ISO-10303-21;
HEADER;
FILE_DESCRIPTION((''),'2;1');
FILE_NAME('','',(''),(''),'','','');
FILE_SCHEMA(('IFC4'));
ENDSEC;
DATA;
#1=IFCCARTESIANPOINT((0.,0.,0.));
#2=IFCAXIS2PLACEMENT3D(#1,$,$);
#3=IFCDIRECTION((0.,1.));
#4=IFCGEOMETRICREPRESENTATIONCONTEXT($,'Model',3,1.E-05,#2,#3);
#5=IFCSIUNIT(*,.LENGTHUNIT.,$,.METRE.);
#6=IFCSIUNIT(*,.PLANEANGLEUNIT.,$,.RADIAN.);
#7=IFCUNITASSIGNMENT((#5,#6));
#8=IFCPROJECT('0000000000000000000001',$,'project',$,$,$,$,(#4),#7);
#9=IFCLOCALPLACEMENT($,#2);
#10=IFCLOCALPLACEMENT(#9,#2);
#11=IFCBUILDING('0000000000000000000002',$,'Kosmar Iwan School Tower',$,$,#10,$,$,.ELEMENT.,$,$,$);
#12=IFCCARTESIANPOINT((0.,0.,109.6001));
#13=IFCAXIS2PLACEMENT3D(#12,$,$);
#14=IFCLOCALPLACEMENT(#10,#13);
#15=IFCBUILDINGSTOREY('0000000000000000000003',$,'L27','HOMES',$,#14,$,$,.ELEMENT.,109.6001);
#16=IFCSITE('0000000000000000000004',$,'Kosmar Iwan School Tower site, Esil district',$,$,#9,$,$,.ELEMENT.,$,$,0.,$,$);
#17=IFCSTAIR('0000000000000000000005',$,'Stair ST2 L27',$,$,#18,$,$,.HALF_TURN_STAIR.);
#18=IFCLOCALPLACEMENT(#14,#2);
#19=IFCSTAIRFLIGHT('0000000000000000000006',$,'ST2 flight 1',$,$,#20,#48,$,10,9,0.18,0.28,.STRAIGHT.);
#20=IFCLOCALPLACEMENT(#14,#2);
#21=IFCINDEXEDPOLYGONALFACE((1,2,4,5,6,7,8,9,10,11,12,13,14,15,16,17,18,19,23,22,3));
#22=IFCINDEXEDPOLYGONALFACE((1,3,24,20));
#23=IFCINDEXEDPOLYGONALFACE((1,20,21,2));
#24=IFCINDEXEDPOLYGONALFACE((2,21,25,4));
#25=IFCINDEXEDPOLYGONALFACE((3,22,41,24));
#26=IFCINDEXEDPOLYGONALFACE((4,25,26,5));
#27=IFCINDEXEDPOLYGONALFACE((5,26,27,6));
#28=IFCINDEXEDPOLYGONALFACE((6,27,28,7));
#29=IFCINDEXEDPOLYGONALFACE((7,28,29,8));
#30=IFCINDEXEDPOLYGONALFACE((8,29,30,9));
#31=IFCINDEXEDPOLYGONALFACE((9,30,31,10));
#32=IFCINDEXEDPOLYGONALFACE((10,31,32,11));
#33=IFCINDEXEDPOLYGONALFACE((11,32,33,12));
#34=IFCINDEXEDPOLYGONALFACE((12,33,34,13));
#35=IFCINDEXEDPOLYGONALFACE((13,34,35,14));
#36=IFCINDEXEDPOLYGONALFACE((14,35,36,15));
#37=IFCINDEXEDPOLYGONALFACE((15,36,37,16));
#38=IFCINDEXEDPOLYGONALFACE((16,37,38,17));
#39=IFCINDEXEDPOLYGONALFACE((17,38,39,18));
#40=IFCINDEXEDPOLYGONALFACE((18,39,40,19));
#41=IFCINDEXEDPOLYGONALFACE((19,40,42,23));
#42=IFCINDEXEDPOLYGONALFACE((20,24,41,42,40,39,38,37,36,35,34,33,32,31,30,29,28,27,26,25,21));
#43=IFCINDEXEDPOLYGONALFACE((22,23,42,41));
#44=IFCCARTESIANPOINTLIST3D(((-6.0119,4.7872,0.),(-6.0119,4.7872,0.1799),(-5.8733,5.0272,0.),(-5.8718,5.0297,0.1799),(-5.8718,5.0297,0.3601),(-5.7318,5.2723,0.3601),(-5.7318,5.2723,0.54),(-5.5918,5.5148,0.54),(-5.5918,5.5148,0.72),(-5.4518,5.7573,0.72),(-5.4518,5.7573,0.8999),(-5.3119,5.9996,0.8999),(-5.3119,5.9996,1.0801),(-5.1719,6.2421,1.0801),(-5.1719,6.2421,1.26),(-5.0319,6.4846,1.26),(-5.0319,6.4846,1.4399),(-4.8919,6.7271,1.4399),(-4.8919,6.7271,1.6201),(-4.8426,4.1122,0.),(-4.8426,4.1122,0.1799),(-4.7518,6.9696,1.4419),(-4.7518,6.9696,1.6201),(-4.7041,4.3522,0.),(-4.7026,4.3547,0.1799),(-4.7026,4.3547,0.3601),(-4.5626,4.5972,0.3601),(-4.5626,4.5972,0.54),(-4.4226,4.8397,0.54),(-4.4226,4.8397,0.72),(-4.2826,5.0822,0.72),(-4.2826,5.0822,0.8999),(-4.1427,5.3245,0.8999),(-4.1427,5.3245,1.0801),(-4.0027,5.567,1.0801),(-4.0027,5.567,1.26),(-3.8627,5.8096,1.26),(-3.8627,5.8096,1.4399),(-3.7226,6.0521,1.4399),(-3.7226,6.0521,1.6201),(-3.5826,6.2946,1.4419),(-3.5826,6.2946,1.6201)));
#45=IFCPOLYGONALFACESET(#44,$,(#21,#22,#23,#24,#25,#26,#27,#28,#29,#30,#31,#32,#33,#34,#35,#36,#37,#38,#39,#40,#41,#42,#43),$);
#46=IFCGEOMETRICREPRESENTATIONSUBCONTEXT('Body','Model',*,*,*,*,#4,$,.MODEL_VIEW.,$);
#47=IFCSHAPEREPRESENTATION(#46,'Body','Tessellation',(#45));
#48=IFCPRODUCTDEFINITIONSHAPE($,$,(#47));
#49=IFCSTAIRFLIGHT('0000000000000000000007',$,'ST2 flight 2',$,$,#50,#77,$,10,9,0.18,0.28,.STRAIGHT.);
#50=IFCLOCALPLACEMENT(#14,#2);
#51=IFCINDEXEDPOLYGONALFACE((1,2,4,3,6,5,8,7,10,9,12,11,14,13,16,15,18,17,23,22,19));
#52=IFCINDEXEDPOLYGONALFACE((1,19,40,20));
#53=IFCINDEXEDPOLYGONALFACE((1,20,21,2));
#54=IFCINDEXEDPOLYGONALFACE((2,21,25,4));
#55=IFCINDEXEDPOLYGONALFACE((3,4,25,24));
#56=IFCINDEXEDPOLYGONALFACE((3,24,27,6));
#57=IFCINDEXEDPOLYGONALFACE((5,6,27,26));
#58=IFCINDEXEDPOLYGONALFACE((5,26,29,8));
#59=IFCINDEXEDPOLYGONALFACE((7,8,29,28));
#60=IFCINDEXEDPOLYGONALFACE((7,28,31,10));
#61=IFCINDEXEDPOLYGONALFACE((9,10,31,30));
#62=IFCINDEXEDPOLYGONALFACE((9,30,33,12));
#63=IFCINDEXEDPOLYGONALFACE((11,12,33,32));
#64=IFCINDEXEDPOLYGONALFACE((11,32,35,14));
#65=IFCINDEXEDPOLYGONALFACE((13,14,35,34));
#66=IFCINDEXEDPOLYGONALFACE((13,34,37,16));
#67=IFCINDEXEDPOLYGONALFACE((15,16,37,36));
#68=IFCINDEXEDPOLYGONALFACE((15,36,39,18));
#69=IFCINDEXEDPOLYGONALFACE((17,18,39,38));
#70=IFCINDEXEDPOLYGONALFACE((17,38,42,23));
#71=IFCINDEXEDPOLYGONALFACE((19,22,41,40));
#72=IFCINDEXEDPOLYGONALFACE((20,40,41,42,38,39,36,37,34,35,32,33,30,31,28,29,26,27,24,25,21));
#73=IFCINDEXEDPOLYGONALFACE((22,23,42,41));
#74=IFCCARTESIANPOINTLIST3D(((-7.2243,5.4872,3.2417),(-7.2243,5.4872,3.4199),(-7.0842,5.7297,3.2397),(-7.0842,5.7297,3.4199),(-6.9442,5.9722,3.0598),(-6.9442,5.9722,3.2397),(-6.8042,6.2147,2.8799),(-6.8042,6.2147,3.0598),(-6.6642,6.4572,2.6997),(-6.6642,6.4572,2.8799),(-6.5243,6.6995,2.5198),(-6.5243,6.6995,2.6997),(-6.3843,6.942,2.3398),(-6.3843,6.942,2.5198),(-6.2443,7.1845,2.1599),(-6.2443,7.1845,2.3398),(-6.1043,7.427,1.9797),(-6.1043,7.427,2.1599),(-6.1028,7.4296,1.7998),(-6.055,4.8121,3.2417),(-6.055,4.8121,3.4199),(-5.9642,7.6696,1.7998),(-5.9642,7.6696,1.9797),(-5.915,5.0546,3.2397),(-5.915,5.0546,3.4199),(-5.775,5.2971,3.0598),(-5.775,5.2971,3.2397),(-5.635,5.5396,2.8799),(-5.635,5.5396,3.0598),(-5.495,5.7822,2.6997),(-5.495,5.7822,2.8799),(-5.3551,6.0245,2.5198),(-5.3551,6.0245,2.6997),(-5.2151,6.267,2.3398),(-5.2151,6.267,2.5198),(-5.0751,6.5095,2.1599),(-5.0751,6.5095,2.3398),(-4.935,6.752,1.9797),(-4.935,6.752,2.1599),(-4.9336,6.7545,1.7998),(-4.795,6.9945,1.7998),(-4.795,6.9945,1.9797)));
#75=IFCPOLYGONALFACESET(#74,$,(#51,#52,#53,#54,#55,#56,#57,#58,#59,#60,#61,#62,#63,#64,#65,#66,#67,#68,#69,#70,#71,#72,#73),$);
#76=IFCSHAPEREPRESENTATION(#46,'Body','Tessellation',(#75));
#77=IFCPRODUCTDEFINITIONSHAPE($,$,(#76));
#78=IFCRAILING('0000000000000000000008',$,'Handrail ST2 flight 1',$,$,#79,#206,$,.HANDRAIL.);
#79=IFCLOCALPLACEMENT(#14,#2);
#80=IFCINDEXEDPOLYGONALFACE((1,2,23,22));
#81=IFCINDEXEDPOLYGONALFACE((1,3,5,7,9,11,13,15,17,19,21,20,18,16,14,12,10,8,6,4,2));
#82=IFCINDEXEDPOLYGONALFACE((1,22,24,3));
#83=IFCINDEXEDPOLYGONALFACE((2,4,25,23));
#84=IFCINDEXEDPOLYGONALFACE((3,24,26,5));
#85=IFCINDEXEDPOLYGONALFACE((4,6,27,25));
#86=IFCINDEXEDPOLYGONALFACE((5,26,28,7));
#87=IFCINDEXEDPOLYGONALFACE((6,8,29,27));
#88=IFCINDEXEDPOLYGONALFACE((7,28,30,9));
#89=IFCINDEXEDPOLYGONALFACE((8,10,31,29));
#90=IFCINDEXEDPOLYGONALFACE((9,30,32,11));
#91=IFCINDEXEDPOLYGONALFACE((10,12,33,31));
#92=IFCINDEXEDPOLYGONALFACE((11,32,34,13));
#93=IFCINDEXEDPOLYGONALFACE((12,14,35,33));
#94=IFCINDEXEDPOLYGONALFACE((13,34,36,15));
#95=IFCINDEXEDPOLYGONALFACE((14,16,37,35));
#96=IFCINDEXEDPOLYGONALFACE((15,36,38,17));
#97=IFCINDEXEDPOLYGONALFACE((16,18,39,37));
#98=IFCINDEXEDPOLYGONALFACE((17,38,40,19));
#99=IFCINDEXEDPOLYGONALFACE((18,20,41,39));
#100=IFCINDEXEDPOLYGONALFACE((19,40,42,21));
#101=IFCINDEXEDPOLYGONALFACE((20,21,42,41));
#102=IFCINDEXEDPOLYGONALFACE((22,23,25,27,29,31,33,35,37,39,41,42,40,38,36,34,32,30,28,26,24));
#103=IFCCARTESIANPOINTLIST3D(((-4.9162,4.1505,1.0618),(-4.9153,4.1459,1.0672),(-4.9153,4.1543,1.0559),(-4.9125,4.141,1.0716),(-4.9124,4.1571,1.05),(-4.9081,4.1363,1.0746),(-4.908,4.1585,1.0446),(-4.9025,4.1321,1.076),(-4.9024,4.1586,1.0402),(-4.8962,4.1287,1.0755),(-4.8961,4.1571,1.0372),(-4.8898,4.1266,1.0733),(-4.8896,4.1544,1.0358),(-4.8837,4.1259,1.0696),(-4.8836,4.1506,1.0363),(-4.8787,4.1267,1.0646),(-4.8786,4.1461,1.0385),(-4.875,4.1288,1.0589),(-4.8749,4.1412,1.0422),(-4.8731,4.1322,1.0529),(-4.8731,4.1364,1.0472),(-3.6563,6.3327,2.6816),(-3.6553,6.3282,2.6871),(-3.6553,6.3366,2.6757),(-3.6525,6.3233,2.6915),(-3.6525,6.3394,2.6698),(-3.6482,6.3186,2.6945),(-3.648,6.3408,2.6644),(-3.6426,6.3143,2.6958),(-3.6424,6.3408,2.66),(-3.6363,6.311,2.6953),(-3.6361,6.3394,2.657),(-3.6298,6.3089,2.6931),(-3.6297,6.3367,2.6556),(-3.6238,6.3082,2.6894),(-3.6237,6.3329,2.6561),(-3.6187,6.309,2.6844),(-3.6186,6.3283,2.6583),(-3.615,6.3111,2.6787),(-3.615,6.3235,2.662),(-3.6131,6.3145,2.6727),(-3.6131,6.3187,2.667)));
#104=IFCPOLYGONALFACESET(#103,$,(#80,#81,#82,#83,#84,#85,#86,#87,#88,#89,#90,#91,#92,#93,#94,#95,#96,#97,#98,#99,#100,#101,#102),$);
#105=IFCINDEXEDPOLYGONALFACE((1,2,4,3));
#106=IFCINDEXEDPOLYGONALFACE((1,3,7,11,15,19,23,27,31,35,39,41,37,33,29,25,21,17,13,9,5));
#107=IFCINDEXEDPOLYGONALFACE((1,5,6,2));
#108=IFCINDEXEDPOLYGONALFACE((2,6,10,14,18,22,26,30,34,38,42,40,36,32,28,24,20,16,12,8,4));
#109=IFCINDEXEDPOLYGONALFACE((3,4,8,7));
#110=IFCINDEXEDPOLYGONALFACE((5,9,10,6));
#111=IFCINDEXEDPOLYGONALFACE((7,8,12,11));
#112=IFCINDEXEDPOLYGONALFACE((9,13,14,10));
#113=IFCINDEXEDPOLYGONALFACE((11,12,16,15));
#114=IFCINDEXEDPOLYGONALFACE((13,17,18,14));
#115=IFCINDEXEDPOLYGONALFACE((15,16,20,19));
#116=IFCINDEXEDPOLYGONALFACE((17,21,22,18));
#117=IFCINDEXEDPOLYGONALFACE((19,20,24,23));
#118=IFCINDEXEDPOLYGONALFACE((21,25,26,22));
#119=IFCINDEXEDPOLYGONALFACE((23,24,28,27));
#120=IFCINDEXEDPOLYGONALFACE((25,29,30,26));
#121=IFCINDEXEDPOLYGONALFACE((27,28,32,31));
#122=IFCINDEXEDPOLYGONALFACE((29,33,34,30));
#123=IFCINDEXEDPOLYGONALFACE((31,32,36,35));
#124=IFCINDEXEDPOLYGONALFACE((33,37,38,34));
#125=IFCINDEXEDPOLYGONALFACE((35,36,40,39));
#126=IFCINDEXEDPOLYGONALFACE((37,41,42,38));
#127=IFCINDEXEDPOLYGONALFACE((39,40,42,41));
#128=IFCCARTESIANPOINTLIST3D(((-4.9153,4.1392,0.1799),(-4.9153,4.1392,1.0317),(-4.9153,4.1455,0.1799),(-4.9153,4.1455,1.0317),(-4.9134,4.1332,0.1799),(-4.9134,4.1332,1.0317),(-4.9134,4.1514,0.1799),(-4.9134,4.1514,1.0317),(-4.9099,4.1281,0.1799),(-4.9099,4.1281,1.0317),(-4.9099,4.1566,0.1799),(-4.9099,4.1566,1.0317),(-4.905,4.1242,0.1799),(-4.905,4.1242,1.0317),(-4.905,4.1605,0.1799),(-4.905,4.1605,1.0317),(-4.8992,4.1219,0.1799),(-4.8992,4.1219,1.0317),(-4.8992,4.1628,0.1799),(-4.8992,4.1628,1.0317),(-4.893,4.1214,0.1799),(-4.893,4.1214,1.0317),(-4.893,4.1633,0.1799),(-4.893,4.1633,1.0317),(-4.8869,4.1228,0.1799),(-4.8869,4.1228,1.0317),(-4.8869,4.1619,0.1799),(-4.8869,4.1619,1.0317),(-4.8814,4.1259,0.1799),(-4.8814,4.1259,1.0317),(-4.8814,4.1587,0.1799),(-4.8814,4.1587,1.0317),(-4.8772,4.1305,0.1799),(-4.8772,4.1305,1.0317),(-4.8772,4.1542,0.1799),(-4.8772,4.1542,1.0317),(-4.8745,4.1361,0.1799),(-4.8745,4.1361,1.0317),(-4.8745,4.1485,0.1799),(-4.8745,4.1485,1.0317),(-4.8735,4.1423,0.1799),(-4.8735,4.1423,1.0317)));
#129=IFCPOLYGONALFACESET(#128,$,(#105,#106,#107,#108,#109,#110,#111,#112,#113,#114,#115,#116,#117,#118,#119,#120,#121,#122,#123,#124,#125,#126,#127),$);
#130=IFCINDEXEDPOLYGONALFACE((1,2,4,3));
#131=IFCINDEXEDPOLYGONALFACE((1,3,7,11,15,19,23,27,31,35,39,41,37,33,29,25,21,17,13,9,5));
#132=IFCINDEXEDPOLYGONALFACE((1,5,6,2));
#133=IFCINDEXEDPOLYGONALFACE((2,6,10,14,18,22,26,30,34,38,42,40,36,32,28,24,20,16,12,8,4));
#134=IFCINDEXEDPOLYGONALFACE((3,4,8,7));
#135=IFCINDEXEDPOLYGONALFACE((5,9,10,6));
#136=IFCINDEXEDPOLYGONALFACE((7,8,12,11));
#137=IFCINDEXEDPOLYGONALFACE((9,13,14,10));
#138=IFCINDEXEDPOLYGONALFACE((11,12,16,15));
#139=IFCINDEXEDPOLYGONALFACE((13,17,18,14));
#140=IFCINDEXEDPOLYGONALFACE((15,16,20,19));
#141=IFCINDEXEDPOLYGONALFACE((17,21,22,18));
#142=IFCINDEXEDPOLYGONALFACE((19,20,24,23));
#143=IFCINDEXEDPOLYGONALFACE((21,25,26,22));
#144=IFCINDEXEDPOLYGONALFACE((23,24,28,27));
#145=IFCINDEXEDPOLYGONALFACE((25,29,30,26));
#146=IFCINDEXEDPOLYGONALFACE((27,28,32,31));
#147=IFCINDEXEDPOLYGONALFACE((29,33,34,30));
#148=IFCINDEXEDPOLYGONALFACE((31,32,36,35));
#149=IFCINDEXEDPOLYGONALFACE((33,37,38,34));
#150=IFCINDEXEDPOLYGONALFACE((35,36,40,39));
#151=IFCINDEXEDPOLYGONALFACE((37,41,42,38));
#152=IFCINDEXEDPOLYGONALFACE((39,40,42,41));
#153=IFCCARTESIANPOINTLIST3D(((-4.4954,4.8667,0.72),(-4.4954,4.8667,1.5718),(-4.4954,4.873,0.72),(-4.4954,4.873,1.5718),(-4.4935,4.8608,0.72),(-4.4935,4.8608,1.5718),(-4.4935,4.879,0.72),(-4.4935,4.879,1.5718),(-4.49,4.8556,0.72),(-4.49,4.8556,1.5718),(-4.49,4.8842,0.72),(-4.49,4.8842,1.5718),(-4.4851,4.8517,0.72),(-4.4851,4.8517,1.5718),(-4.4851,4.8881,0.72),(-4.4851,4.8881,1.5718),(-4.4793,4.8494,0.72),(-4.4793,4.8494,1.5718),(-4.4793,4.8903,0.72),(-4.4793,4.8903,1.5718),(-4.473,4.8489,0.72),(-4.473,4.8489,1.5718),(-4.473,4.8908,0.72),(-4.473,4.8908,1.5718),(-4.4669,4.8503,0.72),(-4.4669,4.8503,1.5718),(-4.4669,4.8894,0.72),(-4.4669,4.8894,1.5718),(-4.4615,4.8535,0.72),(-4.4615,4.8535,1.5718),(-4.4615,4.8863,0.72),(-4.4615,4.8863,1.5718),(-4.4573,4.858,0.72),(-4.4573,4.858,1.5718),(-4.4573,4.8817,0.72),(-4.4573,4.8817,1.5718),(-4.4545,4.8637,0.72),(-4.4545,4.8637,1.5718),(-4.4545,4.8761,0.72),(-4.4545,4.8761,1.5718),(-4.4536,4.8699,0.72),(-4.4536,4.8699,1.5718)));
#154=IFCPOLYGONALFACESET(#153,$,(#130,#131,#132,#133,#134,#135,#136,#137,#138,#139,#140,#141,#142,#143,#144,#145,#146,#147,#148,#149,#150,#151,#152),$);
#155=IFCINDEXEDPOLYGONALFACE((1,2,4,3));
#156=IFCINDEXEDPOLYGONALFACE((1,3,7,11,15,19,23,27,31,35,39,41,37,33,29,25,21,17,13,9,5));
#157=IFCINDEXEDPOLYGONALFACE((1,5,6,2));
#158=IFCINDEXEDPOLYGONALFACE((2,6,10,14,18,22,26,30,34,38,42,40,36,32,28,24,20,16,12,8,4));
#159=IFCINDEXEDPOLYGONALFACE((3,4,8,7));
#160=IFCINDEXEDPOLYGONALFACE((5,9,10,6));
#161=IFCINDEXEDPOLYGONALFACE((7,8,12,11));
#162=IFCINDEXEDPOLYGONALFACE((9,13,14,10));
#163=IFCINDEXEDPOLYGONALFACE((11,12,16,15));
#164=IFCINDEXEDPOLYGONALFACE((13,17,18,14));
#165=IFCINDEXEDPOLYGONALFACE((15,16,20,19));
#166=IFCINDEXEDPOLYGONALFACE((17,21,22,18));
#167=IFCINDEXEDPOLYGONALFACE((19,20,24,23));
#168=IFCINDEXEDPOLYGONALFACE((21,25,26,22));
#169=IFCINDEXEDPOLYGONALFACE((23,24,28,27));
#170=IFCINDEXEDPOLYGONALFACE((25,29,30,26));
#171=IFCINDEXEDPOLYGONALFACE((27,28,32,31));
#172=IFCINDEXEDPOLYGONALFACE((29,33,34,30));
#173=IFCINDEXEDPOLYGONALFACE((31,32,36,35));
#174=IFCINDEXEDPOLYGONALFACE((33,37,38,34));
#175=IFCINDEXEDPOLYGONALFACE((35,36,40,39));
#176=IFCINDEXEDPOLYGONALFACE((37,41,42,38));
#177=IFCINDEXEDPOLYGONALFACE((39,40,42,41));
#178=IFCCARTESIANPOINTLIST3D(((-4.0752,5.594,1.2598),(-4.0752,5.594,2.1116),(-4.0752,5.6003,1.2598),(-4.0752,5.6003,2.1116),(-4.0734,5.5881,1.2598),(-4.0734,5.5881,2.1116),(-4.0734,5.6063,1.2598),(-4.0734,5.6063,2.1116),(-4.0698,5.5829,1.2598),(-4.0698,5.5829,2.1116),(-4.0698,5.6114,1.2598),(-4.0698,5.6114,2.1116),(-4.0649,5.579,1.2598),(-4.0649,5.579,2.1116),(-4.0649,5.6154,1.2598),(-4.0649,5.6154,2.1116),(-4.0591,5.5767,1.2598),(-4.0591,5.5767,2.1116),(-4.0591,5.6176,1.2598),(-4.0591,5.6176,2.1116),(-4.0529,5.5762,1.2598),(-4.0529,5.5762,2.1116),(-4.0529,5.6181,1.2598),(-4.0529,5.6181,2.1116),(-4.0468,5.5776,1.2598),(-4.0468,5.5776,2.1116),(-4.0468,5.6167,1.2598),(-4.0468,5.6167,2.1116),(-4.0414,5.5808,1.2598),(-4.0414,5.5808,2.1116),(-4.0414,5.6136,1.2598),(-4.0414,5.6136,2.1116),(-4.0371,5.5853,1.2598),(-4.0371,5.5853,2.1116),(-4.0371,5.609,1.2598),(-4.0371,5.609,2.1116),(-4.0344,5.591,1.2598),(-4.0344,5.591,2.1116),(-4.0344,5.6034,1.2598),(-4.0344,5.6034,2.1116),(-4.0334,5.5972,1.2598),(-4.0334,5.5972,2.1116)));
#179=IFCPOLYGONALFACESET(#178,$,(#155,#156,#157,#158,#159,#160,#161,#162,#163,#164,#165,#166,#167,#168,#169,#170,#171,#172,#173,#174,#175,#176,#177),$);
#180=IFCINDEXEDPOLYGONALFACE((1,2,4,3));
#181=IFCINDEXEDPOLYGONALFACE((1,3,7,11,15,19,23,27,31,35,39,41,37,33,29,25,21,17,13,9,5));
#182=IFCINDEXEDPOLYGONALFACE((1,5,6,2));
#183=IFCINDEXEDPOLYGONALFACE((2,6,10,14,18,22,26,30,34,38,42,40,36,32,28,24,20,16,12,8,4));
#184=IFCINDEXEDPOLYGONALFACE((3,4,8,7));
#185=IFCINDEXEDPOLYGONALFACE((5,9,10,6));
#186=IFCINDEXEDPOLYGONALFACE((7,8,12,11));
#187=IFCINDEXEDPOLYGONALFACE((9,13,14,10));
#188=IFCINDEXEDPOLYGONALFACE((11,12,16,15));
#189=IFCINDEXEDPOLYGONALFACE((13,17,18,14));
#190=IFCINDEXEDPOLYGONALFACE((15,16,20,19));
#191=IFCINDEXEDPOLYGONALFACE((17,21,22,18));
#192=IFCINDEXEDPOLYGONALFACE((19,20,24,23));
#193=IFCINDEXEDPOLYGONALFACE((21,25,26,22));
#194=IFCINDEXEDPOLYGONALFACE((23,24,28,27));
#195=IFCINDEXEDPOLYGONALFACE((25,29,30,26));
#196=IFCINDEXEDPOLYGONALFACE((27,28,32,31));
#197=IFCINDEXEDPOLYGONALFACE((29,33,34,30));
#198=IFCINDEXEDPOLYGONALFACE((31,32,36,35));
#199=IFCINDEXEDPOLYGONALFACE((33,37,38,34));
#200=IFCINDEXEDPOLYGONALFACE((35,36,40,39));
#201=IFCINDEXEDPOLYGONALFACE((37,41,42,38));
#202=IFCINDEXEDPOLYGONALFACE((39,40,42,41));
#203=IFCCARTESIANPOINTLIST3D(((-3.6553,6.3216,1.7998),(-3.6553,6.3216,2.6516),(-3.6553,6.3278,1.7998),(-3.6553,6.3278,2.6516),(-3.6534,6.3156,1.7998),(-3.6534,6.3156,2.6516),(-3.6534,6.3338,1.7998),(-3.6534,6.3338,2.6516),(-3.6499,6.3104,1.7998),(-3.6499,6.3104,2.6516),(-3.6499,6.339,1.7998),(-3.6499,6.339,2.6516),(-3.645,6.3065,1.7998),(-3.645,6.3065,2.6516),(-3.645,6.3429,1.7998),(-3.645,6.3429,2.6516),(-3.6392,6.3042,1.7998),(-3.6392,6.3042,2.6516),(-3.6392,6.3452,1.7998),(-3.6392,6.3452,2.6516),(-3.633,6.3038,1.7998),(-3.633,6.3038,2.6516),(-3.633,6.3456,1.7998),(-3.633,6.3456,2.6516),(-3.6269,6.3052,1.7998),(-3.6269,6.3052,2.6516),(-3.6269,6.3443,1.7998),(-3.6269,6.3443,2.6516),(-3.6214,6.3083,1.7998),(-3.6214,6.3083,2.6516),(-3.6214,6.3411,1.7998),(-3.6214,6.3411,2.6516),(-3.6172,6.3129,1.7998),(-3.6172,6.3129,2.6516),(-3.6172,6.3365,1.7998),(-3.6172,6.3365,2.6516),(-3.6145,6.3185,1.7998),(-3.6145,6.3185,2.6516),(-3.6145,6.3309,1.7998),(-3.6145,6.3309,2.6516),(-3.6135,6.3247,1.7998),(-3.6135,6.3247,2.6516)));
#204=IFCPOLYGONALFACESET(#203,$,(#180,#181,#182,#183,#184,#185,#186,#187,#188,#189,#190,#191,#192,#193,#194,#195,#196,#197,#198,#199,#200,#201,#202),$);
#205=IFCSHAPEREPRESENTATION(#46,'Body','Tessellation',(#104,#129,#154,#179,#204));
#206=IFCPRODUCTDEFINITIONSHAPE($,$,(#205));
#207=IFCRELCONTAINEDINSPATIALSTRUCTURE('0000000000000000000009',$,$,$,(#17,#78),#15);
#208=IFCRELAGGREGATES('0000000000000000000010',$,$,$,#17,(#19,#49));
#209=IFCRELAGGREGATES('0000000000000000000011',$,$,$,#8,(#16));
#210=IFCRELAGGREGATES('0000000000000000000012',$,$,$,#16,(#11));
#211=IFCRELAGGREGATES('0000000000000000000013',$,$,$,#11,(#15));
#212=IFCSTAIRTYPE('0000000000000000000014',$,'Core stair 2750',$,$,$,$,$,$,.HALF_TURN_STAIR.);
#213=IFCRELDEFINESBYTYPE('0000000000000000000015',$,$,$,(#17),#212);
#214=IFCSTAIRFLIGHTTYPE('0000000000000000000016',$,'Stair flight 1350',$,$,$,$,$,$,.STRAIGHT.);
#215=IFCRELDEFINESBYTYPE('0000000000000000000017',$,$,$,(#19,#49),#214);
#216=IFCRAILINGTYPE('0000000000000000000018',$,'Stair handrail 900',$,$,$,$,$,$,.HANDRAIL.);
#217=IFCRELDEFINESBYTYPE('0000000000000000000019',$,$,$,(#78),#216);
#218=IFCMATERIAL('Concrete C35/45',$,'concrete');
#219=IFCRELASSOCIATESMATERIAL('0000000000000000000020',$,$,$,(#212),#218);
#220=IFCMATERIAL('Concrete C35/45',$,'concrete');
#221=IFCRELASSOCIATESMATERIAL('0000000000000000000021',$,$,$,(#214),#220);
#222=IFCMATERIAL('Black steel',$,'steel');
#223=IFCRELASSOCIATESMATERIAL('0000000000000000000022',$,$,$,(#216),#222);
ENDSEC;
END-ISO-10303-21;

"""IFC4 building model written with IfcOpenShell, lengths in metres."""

from ifc_helpers import new_model, si_unit, direction, frame, origin, origin_2d, place, context, subcontext, project, spatial, polyline, circle, outline, extrude, material, type_object, element, aggregate, save


model = new_model("IFC4")

# Units and contexts
model_context = context("Model", 3, precision=1e-05, world=origin(), true_north=direction((0.0, 1.0)))
body_context = subcontext(model_context, "Body", "Model", "MODEL_VIEW")
ifc_project = project(units=[si_unit("LENGTHUNIT", "METRE"), si_unit("PLANEANGLEUNIT", "RADIAN")], contexts=[model_context])

# Site, building, storey
site_placement = place(None, origin())
site = spatial("IfcSite", under=ifc_project, at=site_placement, Name="Kosmar Iwan School Tower site, Esil district", CompositionType="ELEMENT", RefElevation=0.0)
building_placement = place(site_placement, origin())
building = spatial("IfcBuilding", under=site, at=building_placement, Name="Kosmar Iwan School Tower", CompositionType="ELEMENT")
storey_placement = place(building_placement, frame((0.0, 0.0, 109.6001)))
storey = spatial("IfcBuildingStorey", under=building, at=storey_placement, Name="L27", Description="HOMES", CompositionType="ELEMENT", Elevation=109.6001)

# Stair, stair flights
ifc_material_1 = material(Name="Concrete C35/45", Category="concrete")
stair_type = type_object("IfcStairType", Name="Core stair 2750", PredefinedType="HALF_TURN_STAIR", material=ifc_material_1)
stair_placement = place(storey_placement, origin())
stair = element("IfcStair", 1, at=stair_placement, inside=storey, type_object=stair_type, Name="Stair ST2 L27", PredefinedType="HALF_TURN_STAIR")
ifc_material_2 = material(Name="Concrete C35/45", Category="concrete")
stair_flight_type = type_object("IfcStairFlightType", Name="Stair flight 1350", PredefinedType="STRAIGHT", material=ifc_material_2)
stair_flight_1_placement = place(storey_placement, frame((-5.4272, 4.4497, 0.0), z_axis=(0.0, 0.0, 1.0), x_axis=(0.5, 0.866025, 0.0)))
stair_flight_1 = element("IfcStairFlight", 2, at=stair_flight_1_placement, type_object=stair_flight_type, Name="ST2 flight 1", NumberOfRisers=10, NumberOfTreads=9, PredefinedType="STRAIGHT", RiserHeight=0.18, TreadLength=0.28, context=body_context, shape_type="SweptSolid", body=[
    extrude(outline(polyline([(0.0, 0.0), (0.0, 0.1799), (0.28, 0.1799), (0.28, 0.3601), (0.5601, 0.3601), (0.5601, 0.54), (0.8401, 0.54), (0.8401, 0.72), (1.1201, 0.72), (1.1201, 0.8999), (1.3999, 0.8999), (1.3999, 1.0801), (1.6799, 1.0801), (1.6799, 1.26), (1.96, 1.26), (1.96, 1.4399), (2.24, 1.4399), (2.24, 1.6201), (2.52, 1.6201), (2.52, 1.8), (2.52, 1.4419), (0.2771, 0.0), (0.0, 0.0)])), frame((0.0, 0.675, 0.0), z_axis=(0.0, -1.0, 0.0), x_axis=(1.0, 0.0, 0.0)), (0.0, 0.0, 1.0), 1.3501),
])
stair_flight_2_placement = place(storey_placement, frame((-5.3796, 7.332, 1.7998), z_axis=(0.0, 0.0, 1.0), x_axis=(-0.5, -0.866025, 0.0)))
stair_flight_2 = element("IfcStairFlight", 3, at=stair_flight_2_placement, type_object=stair_flight_type, Name="ST2 flight 2", NumberOfRisers=10, NumberOfTreads=9, PredefinedType="STRAIGHT", RiserHeight=0.18, TreadLength=0.28, context=body_context, shape_type="SweptSolid", body=[
    extrude(outline(polyline([(0.0, 0.0), (0.0, 0.1799), (0.28, 0.1799), (0.28, 0.3601), (0.5601, 0.3601), (0.5601, 0.54), (0.8401, 0.54), (0.8401, 0.72), (1.1201, 0.72), (1.1201, 0.8999), (1.3999, 0.8999), (1.3999, 1.0801), (1.6799, 1.0801), (1.6799, 1.26), (1.96, 1.26), (1.96, 1.4399), (2.24, 1.4399), (2.24, 1.6201), (2.52, 1.6201), (2.52, 1.8), (2.52, 1.4419), (0.2771, 0.0), (0.0, 0.0)])), frame((0.0, 0.675, 0.0), z_axis=(0.0, -1.0, 0.0), x_axis=(1.0, 0.0, 0.0)), (0.0, 0.0, 1.0), 1.3501),
])
aggregate(stair, [stair_flight_1, stair_flight_2])

# Railing
ifc_material_3 = material(Name="Black steel", Category="steel")
railing_type = type_object("IfcRailingType", Name="Stair handrail 900", PredefinedType="HANDRAIL", material=ifc_material_3)
railing_1_placement = place(storey_placement, frame((-4.8945, 4.1423, 0.1799)))
element("IfcRailing", 4, at=railing_1_placement, inside=storey, type_object=railing_type, Name="Handrail ST2 flight 1", PredefinedType="HANDRAIL", context=body_context, shape_type="SweptSolid", body=[
    extrude(circle(Radius=0.0239, at=origin_2d()), frame((0.0, 0.0, 0.876), z_axis=(0.420603, 0.728496, 0.540728), x_axis=(-0.866023, 0.500005, 0.0)), (0.0, 0.0, 1.0), 2.9956),
    extrude(circle(Radius=0.021, at=origin_2d()), origin(), (0.0, 0.0, 1.0), 0.8518),
    extrude(circle(Radius=0.021, at=origin_2d()), frame((0.4199, 0.7275, 0.54)), (0.0, 0.0, 1.0), 0.8518),
    extrude(circle(Radius=0.021, at=origin_2d()), frame((0.8401, 1.4548, 1.0798)), (0.0, 0.0, 1.0), 0.8518),
    extrude(circle(Radius=0.021, at=origin_2d()), frame((1.26, 2.1824, 1.6199)), (0.0, 0.0, 1.0), 0.8518),
])

save(model, "model.ifc")
